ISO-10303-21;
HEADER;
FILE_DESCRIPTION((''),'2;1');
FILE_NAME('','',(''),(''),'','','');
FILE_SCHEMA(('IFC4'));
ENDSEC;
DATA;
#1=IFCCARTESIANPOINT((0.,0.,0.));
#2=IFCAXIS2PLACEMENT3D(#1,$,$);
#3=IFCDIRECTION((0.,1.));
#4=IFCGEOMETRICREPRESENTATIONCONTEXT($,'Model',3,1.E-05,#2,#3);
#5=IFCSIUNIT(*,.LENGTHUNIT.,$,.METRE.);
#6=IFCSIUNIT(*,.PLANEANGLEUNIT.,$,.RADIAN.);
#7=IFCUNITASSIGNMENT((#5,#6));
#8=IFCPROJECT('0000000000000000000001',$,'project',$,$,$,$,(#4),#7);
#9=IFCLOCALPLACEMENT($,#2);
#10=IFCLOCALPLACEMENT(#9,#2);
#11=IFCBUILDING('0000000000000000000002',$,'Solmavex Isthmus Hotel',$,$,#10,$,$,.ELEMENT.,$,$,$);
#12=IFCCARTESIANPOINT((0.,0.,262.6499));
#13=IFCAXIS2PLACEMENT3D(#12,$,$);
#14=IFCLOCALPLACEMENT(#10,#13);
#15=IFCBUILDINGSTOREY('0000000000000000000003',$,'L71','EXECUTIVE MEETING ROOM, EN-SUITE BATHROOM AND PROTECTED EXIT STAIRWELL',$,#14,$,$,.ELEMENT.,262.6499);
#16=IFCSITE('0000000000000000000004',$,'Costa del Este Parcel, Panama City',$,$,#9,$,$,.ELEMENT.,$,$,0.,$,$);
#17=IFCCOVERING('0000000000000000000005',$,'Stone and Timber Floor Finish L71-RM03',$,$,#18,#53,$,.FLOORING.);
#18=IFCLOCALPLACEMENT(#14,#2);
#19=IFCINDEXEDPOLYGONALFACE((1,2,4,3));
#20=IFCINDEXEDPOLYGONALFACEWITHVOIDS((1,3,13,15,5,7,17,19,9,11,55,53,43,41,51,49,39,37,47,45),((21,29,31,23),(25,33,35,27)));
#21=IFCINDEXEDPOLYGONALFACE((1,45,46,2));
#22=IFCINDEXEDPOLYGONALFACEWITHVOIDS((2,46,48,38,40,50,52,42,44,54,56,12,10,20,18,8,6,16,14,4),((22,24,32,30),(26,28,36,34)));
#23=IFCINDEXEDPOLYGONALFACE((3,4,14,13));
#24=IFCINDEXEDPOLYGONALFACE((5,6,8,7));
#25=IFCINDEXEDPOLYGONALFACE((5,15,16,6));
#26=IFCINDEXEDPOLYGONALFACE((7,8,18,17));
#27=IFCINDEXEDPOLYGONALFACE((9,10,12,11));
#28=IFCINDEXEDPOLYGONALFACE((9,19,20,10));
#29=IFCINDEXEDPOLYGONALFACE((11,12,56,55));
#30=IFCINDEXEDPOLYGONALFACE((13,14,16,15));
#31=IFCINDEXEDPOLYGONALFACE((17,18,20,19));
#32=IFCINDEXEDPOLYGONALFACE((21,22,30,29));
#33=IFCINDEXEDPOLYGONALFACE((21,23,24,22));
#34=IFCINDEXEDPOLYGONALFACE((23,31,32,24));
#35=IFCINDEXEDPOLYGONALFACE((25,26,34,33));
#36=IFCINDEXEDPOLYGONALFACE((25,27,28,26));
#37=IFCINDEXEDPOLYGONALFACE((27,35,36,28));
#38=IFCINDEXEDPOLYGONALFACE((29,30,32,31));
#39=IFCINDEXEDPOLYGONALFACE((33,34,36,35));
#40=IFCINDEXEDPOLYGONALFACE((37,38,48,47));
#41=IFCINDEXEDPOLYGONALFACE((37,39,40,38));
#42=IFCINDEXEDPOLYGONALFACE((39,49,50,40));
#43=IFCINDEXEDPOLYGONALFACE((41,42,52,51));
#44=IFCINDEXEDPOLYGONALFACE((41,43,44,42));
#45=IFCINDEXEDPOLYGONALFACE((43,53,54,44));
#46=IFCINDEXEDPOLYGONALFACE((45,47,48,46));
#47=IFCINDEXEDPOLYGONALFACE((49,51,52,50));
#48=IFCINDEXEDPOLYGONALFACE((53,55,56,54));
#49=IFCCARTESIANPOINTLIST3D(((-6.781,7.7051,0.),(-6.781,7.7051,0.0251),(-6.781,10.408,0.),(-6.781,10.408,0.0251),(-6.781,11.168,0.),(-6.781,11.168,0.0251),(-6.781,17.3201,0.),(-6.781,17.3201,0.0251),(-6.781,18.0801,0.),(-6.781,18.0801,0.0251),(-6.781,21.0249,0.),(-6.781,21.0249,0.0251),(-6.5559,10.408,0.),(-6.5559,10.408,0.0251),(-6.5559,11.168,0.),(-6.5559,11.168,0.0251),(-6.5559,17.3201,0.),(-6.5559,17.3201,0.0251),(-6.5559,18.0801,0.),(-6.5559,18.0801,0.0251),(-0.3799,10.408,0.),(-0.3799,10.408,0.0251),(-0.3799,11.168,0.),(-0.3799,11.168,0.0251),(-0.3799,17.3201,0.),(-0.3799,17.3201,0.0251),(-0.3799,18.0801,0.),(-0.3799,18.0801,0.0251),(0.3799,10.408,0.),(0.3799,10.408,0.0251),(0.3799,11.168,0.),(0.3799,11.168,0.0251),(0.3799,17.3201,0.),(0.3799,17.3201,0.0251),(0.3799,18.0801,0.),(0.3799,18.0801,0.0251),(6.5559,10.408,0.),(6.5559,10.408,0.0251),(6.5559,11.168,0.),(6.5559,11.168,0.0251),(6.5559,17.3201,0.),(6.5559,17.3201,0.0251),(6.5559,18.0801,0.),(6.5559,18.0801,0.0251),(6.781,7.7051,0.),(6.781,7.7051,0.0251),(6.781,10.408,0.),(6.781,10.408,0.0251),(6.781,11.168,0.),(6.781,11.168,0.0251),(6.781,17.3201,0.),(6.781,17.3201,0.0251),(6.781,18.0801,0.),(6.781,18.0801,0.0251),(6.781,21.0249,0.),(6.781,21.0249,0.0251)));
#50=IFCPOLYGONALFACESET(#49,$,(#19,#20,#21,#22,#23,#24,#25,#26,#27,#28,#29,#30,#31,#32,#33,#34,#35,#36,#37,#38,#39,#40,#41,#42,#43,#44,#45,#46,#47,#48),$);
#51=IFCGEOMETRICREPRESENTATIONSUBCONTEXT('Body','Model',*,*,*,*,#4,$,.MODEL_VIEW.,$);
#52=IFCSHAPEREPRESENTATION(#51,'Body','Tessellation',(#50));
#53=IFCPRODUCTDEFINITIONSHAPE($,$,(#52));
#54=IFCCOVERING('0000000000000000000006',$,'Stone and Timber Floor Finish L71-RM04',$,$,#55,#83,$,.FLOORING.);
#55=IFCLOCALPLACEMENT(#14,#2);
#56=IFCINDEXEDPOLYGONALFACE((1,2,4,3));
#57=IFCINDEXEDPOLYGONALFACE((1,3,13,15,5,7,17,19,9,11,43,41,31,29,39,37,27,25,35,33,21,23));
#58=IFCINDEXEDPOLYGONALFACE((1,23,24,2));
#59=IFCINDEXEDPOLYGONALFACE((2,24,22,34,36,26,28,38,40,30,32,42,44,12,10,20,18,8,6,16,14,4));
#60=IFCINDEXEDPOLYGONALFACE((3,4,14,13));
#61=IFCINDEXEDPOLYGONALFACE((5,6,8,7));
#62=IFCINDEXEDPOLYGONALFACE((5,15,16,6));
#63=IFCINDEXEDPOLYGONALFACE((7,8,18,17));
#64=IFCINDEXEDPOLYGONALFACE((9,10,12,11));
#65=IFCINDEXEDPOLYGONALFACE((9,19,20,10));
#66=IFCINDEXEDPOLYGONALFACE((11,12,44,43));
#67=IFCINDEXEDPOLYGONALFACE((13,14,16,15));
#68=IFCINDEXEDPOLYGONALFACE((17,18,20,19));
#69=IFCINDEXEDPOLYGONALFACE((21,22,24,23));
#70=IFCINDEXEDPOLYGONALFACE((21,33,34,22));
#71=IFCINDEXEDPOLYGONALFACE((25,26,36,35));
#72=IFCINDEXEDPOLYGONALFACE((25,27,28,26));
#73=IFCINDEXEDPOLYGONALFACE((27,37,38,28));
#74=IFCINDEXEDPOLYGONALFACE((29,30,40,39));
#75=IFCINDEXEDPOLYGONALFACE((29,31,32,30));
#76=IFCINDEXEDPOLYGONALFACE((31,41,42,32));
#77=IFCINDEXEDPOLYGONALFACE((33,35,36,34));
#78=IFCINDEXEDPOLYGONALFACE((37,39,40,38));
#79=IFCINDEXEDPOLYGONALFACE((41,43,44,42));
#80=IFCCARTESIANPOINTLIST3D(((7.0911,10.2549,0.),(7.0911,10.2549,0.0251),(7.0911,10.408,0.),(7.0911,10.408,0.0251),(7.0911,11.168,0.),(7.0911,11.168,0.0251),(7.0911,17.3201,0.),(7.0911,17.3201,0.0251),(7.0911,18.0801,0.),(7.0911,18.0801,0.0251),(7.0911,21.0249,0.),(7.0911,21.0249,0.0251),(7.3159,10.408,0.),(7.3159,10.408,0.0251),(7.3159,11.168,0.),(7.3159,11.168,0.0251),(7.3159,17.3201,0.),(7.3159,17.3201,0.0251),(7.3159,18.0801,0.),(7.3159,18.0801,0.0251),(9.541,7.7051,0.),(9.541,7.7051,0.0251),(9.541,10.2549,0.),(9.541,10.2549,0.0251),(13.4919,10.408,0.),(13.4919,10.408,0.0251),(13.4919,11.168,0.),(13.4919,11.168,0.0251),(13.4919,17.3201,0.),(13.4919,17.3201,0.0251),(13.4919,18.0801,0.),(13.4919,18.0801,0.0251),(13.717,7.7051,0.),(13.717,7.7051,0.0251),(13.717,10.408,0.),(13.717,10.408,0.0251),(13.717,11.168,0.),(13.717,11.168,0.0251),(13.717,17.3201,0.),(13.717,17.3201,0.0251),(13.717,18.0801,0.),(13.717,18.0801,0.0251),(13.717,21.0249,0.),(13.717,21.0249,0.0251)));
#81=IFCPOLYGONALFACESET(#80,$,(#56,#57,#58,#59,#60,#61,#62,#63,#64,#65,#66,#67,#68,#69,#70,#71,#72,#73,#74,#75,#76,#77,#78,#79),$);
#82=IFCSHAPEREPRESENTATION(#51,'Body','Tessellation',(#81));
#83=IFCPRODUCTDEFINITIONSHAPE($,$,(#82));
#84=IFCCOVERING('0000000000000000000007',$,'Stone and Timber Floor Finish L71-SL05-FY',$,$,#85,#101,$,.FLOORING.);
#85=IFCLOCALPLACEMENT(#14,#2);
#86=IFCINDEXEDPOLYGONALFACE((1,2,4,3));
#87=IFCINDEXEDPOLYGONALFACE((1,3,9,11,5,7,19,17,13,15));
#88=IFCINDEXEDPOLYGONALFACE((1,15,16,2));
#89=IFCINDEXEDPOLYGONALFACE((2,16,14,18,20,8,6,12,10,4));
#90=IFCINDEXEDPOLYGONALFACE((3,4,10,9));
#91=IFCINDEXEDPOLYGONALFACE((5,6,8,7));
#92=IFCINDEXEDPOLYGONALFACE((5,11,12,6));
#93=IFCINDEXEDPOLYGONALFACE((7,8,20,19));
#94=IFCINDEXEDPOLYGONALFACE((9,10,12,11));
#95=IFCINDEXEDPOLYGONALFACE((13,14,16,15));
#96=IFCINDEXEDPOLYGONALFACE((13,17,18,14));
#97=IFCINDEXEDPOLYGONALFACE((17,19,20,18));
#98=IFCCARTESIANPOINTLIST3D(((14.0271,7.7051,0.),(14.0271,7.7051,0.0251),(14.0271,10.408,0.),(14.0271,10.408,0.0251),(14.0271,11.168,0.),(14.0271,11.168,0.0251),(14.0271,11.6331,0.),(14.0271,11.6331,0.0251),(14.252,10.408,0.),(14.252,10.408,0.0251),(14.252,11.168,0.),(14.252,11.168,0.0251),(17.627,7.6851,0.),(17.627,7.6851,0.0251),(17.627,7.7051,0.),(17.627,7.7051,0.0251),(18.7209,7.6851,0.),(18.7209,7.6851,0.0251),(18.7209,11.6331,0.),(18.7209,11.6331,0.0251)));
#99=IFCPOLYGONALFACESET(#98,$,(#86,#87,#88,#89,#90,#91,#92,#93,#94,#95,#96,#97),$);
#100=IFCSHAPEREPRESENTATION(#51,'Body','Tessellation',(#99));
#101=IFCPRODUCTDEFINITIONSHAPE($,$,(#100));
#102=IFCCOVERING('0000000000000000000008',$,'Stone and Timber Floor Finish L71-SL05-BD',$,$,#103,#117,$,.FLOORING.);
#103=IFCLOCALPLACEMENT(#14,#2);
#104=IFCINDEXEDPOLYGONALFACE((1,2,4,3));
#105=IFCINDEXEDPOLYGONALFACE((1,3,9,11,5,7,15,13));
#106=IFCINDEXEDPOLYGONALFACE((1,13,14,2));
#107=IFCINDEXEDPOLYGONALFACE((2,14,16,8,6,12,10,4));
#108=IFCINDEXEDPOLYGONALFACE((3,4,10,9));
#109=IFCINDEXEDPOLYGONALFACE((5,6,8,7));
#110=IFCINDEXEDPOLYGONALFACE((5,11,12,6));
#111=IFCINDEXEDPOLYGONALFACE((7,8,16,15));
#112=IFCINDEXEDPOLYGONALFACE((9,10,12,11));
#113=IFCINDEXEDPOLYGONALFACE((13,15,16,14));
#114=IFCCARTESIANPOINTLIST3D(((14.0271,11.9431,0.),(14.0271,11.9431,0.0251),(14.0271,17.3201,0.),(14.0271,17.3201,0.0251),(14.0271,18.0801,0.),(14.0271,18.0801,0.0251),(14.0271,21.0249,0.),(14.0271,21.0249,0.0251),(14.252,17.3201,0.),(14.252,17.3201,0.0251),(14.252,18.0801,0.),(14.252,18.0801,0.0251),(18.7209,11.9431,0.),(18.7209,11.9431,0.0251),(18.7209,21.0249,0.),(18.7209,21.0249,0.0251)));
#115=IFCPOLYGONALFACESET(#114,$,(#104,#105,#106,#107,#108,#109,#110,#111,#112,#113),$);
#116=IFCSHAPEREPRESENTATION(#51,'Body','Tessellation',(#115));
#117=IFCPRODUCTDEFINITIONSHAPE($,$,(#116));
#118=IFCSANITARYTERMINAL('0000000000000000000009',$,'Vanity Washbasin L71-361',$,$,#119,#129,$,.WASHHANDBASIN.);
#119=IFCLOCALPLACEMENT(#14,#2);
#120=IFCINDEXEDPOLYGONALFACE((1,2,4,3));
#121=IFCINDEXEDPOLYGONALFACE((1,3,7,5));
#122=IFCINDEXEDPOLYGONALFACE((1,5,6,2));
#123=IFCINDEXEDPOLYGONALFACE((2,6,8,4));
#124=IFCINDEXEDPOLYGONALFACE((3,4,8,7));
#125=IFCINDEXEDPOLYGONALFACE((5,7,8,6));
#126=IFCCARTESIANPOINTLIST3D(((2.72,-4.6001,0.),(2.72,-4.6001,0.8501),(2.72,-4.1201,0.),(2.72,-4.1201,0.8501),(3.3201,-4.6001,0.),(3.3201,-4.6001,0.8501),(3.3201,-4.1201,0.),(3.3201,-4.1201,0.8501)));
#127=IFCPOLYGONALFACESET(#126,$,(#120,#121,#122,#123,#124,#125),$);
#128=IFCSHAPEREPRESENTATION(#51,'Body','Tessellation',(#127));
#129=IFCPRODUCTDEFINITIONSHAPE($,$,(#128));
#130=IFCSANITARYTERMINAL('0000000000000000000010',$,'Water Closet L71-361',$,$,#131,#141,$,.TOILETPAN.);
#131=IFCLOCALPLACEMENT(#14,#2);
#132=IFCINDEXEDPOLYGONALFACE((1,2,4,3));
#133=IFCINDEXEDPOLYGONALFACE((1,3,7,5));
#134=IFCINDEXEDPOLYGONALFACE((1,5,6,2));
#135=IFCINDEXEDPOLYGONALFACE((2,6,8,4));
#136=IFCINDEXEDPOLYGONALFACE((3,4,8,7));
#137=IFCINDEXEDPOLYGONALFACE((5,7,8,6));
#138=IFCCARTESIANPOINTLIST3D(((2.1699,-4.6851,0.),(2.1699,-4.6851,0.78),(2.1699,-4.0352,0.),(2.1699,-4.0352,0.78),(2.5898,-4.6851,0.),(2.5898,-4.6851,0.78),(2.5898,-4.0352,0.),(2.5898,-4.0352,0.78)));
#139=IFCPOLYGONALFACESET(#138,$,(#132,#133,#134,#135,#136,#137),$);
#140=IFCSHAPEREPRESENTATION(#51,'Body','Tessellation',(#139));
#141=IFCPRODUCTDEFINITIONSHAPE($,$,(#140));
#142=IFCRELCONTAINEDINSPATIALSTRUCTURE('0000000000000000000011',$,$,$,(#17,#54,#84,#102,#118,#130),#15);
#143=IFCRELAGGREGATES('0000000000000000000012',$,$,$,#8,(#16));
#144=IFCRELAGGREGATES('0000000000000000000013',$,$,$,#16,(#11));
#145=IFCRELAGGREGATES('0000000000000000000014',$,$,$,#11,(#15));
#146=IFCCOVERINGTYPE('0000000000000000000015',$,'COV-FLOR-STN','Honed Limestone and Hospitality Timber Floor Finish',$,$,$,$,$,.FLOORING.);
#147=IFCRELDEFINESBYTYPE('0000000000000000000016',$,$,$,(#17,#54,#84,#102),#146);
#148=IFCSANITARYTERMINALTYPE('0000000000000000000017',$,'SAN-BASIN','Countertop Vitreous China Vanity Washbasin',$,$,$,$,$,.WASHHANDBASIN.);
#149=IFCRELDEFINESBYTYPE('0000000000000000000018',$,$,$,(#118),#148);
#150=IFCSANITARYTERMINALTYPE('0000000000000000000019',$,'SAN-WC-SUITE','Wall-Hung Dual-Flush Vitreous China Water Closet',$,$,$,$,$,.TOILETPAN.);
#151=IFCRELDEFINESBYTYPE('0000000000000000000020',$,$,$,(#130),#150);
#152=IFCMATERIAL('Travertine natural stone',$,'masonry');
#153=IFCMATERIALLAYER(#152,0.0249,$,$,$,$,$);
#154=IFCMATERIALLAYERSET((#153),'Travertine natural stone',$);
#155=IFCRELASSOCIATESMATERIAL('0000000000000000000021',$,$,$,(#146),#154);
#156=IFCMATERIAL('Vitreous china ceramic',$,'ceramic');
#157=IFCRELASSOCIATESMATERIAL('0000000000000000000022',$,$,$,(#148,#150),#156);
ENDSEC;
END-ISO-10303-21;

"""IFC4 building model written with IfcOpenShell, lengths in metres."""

from ifc_helpers import new_model, si_unit, direction, frame, origin, origin_2d, place, context, subcontext, project, spatial, polyline, rectangle, outline, extrude, material, layer, layer_set, type_object, element, save


model = new_model("IFC4")

# Units and contexts
model_context = context("Model", 3, precision=1e-05, world=origin(), true_north=direction((0.0, 1.0)))
body_context = subcontext(model_context, "Body", "Model", "MODEL_VIEW")
ifc_project = project(units=[si_unit("LENGTHUNIT", "METRE"), si_unit("PLANEANGLEUNIT", "RADIAN")], contexts=[model_context])

# Site, building, storey
site_placement = place(None, origin())
site = spatial("IfcSite", under=ifc_project, at=site_placement, Name="Costa del Este Parcel, Panama City", CompositionType="ELEMENT", RefElevation=0.0)
building_placement = place(site_placement, origin())
building = spatial("IfcBuilding", under=site, at=building_placement, Name="Solmavex Isthmus Hotel", CompositionType="ELEMENT")
storey_placement = place(building_placement, frame((0.0, 0.0, 262.6499)))
storey = spatial("IfcBuildingStorey", under=building, at=storey_placement, Name="L71", Description="EXECUTIVE MEETING ROOM, EN-SUITE BATHROOM AND PROTECTED EXIT STAIRWELL", CompositionType="ELEMENT", Elevation=262.6499)

# Coverings
ifc_material_1 = material(Name="Travertine natural stone", Category="masonry")
ifc_layer_1 = layer(ifc_material_1, 0.0249)
ifc_layer_set_1 = layer_set([ifc_layer_1], Name="Travertine natural stone")
covering_type_1 = type_object("IfcCoveringType", Name="COV-FLOR-STN", Description="Honed Limestone and Hospitality Timber Floor Finish", PredefinedType="FLOORING", material=ifc_layer_set_1)
covering_1_placement = place(storey_placement, origin())
element("IfcCovering", 1, at=covering_1_placement, inside=storey, type_object=covering_type_1, Name="Stone and Timber Floor Finish L71-RM03", PredefinedType="FLOORING", context=body_context, shape_type="SweptSolid", body=[
    extrude(outline(polyline([(-6.781, 11.168), (-6.5559, 11.168), (-6.5559, 10.408), (-6.781, 10.408), (-6.781, 7.7051), (6.781, 7.7051), (6.781, 10.408), (6.5559, 10.408), (6.5559, 11.168), (6.781, 11.168), (6.781, 17.3201), (6.5559, 17.3201), (6.5559, 18.0801), (6.781, 18.0801), (6.781, 21.0249), (-6.781, 21.0249), (-6.781, 18.0801), (-6.5559, 18.0801), (-6.5559, 17.3201), (-6.781, 17.3201), (-6.781, 11.168)]), holes=[polyline([(-0.3799, 10.408), (-0.3799, 11.168), (0.3799, 11.168), (0.3799, 10.408), (-0.3799, 10.408)]), polyline([(-0.3799, 17.3201), (-0.3799, 18.0801), (0.3799, 18.0801), (0.3799, 17.3201), (-0.3799, 17.3201)])]), origin(), (0.0, 0.0, 1.0), 0.0251),
])
covering_2_placement = place(storey_placement, origin())
element("IfcCovering", 2, at=covering_2_placement, inside=storey, type_object=covering_type_1, Name="Stone and Timber Floor Finish L71-RM04", PredefinedType="FLOORING", context=body_context, shape_type="SweptSolid", body=[
    extrude(outline(polyline([(7.0911, 11.168), (7.3159, 11.168), (7.3159, 10.408), (7.0911, 10.408), (7.0911, 10.2549), (9.541, 10.2549), (9.541, 7.7051), (13.717, 7.7051), (13.717, 10.408), (13.4919, 10.408), (13.4919, 11.168), (13.717, 11.168), (13.717, 17.3201), (13.4919, 17.3201), (13.4919, 18.0801), (13.717, 18.0801), (13.717, 21.0249), (7.0911, 21.0249), (7.0911, 18.0801), (7.3159, 18.0801), (7.3159, 17.3201), (7.0911, 17.3201), (7.0911, 11.168)])), origin(), (0.0, 0.0, 1.0), 0.0251),
])
covering_3_placement = place(storey_placement, origin())
element("IfcCovering", 3, at=covering_3_placement, inside=storey, type_object=covering_type_1, Name="Stone and Timber Floor Finish L71-SL05-FY", PredefinedType="FLOORING", context=body_context, shape_type="SweptSolid", body=[
    extrude(outline(polyline([(14.0271, 11.168), (14.252, 11.168), (14.252, 10.408), (14.0271, 10.408), (14.0271, 7.7051), (17.627, 7.7051), (17.627, 7.6851), (18.7209, 7.6851), (18.7209, 11.6331), (14.0271, 11.6331), (14.0271, 11.168)])), origin(), (0.0, 0.0, 1.0), 0.0251),
])
covering_4_placement = place(storey_placement, origin())
element("IfcCovering", 4, at=covering_4_placement, inside=storey, type_object=covering_type_1, Name="Stone and Timber Floor Finish L71-SL05-BD", PredefinedType="FLOORING", context=body_context, shape_type="SweptSolid", body=[
    extrude(outline(polyline([(14.0271, 18.0801), (14.252, 18.0801), (14.252, 17.3201), (14.0271, 17.3201), (14.0271, 11.9431), (18.7209, 11.9431), (18.7209, 21.0249), (14.0271, 21.0249), (14.0271, 18.0801)])), origin(), (0.0, 0.0, 1.0), 0.0251),
])

# Sanitary terminals
ifc_material_2 = material(Name="Vitreous china ceramic", Category="ceramic")
sanitary_terminal_type_1 = type_object("IfcSanitaryTerminalType", Name="SAN-BASIN", Description="Countertop Vitreous China Vanity Washbasin", PredefinedType="WASHHANDBASIN", material=ifc_material_2)
sanitary_terminal_1_placement = place(storey_placement, frame((3.02, -4.3601, 0.0), z_axis=(0.0, 0.0, 1.0), x_axis=(1.0, 0.0, 0.0)))
element("IfcSanitaryTerminal", 5, at=sanitary_terminal_1_placement, inside=storey, type_object=sanitary_terminal_type_1, Name="Vanity Washbasin L71-361", PredefinedType="WASHHANDBASIN", context=body_context, shape_type="SweptSolid", body=[
    extrude(rectangle(XDim=0.6001, YDim=0.48, at=origin_2d()), origin(), (0.0, 0.0, 1.0), 0.8501),
])
sanitary_terminal_type_2 = type_object("IfcSanitaryTerminalType", Name="SAN-WC-SUITE", Description="Wall-Hung Dual-Flush Vitreous China Water Closet", PredefinedType="TOILETPAN", material=ifc_material_2)
sanitary_terminal_2_placement = place(storey_placement, frame((2.3799, -4.3601, 0.0), z_axis=(0.0, 0.0, 1.0), x_axis=(1.0, 0.0, 0.0)))
element("IfcSanitaryTerminal", 6, at=sanitary_terminal_2_placement, inside=storey, type_object=sanitary_terminal_type_2, Name="Water Closet L71-361", PredefinedType="TOILETPAN", context=body_context, shape_type="SweptSolid", body=[
    extrude(rectangle(XDim=0.4199, YDim=0.6499, at=origin_2d()), origin(), (0.0, 0.0, 1.0), 0.78),
])

save(model, "model.ifc")
